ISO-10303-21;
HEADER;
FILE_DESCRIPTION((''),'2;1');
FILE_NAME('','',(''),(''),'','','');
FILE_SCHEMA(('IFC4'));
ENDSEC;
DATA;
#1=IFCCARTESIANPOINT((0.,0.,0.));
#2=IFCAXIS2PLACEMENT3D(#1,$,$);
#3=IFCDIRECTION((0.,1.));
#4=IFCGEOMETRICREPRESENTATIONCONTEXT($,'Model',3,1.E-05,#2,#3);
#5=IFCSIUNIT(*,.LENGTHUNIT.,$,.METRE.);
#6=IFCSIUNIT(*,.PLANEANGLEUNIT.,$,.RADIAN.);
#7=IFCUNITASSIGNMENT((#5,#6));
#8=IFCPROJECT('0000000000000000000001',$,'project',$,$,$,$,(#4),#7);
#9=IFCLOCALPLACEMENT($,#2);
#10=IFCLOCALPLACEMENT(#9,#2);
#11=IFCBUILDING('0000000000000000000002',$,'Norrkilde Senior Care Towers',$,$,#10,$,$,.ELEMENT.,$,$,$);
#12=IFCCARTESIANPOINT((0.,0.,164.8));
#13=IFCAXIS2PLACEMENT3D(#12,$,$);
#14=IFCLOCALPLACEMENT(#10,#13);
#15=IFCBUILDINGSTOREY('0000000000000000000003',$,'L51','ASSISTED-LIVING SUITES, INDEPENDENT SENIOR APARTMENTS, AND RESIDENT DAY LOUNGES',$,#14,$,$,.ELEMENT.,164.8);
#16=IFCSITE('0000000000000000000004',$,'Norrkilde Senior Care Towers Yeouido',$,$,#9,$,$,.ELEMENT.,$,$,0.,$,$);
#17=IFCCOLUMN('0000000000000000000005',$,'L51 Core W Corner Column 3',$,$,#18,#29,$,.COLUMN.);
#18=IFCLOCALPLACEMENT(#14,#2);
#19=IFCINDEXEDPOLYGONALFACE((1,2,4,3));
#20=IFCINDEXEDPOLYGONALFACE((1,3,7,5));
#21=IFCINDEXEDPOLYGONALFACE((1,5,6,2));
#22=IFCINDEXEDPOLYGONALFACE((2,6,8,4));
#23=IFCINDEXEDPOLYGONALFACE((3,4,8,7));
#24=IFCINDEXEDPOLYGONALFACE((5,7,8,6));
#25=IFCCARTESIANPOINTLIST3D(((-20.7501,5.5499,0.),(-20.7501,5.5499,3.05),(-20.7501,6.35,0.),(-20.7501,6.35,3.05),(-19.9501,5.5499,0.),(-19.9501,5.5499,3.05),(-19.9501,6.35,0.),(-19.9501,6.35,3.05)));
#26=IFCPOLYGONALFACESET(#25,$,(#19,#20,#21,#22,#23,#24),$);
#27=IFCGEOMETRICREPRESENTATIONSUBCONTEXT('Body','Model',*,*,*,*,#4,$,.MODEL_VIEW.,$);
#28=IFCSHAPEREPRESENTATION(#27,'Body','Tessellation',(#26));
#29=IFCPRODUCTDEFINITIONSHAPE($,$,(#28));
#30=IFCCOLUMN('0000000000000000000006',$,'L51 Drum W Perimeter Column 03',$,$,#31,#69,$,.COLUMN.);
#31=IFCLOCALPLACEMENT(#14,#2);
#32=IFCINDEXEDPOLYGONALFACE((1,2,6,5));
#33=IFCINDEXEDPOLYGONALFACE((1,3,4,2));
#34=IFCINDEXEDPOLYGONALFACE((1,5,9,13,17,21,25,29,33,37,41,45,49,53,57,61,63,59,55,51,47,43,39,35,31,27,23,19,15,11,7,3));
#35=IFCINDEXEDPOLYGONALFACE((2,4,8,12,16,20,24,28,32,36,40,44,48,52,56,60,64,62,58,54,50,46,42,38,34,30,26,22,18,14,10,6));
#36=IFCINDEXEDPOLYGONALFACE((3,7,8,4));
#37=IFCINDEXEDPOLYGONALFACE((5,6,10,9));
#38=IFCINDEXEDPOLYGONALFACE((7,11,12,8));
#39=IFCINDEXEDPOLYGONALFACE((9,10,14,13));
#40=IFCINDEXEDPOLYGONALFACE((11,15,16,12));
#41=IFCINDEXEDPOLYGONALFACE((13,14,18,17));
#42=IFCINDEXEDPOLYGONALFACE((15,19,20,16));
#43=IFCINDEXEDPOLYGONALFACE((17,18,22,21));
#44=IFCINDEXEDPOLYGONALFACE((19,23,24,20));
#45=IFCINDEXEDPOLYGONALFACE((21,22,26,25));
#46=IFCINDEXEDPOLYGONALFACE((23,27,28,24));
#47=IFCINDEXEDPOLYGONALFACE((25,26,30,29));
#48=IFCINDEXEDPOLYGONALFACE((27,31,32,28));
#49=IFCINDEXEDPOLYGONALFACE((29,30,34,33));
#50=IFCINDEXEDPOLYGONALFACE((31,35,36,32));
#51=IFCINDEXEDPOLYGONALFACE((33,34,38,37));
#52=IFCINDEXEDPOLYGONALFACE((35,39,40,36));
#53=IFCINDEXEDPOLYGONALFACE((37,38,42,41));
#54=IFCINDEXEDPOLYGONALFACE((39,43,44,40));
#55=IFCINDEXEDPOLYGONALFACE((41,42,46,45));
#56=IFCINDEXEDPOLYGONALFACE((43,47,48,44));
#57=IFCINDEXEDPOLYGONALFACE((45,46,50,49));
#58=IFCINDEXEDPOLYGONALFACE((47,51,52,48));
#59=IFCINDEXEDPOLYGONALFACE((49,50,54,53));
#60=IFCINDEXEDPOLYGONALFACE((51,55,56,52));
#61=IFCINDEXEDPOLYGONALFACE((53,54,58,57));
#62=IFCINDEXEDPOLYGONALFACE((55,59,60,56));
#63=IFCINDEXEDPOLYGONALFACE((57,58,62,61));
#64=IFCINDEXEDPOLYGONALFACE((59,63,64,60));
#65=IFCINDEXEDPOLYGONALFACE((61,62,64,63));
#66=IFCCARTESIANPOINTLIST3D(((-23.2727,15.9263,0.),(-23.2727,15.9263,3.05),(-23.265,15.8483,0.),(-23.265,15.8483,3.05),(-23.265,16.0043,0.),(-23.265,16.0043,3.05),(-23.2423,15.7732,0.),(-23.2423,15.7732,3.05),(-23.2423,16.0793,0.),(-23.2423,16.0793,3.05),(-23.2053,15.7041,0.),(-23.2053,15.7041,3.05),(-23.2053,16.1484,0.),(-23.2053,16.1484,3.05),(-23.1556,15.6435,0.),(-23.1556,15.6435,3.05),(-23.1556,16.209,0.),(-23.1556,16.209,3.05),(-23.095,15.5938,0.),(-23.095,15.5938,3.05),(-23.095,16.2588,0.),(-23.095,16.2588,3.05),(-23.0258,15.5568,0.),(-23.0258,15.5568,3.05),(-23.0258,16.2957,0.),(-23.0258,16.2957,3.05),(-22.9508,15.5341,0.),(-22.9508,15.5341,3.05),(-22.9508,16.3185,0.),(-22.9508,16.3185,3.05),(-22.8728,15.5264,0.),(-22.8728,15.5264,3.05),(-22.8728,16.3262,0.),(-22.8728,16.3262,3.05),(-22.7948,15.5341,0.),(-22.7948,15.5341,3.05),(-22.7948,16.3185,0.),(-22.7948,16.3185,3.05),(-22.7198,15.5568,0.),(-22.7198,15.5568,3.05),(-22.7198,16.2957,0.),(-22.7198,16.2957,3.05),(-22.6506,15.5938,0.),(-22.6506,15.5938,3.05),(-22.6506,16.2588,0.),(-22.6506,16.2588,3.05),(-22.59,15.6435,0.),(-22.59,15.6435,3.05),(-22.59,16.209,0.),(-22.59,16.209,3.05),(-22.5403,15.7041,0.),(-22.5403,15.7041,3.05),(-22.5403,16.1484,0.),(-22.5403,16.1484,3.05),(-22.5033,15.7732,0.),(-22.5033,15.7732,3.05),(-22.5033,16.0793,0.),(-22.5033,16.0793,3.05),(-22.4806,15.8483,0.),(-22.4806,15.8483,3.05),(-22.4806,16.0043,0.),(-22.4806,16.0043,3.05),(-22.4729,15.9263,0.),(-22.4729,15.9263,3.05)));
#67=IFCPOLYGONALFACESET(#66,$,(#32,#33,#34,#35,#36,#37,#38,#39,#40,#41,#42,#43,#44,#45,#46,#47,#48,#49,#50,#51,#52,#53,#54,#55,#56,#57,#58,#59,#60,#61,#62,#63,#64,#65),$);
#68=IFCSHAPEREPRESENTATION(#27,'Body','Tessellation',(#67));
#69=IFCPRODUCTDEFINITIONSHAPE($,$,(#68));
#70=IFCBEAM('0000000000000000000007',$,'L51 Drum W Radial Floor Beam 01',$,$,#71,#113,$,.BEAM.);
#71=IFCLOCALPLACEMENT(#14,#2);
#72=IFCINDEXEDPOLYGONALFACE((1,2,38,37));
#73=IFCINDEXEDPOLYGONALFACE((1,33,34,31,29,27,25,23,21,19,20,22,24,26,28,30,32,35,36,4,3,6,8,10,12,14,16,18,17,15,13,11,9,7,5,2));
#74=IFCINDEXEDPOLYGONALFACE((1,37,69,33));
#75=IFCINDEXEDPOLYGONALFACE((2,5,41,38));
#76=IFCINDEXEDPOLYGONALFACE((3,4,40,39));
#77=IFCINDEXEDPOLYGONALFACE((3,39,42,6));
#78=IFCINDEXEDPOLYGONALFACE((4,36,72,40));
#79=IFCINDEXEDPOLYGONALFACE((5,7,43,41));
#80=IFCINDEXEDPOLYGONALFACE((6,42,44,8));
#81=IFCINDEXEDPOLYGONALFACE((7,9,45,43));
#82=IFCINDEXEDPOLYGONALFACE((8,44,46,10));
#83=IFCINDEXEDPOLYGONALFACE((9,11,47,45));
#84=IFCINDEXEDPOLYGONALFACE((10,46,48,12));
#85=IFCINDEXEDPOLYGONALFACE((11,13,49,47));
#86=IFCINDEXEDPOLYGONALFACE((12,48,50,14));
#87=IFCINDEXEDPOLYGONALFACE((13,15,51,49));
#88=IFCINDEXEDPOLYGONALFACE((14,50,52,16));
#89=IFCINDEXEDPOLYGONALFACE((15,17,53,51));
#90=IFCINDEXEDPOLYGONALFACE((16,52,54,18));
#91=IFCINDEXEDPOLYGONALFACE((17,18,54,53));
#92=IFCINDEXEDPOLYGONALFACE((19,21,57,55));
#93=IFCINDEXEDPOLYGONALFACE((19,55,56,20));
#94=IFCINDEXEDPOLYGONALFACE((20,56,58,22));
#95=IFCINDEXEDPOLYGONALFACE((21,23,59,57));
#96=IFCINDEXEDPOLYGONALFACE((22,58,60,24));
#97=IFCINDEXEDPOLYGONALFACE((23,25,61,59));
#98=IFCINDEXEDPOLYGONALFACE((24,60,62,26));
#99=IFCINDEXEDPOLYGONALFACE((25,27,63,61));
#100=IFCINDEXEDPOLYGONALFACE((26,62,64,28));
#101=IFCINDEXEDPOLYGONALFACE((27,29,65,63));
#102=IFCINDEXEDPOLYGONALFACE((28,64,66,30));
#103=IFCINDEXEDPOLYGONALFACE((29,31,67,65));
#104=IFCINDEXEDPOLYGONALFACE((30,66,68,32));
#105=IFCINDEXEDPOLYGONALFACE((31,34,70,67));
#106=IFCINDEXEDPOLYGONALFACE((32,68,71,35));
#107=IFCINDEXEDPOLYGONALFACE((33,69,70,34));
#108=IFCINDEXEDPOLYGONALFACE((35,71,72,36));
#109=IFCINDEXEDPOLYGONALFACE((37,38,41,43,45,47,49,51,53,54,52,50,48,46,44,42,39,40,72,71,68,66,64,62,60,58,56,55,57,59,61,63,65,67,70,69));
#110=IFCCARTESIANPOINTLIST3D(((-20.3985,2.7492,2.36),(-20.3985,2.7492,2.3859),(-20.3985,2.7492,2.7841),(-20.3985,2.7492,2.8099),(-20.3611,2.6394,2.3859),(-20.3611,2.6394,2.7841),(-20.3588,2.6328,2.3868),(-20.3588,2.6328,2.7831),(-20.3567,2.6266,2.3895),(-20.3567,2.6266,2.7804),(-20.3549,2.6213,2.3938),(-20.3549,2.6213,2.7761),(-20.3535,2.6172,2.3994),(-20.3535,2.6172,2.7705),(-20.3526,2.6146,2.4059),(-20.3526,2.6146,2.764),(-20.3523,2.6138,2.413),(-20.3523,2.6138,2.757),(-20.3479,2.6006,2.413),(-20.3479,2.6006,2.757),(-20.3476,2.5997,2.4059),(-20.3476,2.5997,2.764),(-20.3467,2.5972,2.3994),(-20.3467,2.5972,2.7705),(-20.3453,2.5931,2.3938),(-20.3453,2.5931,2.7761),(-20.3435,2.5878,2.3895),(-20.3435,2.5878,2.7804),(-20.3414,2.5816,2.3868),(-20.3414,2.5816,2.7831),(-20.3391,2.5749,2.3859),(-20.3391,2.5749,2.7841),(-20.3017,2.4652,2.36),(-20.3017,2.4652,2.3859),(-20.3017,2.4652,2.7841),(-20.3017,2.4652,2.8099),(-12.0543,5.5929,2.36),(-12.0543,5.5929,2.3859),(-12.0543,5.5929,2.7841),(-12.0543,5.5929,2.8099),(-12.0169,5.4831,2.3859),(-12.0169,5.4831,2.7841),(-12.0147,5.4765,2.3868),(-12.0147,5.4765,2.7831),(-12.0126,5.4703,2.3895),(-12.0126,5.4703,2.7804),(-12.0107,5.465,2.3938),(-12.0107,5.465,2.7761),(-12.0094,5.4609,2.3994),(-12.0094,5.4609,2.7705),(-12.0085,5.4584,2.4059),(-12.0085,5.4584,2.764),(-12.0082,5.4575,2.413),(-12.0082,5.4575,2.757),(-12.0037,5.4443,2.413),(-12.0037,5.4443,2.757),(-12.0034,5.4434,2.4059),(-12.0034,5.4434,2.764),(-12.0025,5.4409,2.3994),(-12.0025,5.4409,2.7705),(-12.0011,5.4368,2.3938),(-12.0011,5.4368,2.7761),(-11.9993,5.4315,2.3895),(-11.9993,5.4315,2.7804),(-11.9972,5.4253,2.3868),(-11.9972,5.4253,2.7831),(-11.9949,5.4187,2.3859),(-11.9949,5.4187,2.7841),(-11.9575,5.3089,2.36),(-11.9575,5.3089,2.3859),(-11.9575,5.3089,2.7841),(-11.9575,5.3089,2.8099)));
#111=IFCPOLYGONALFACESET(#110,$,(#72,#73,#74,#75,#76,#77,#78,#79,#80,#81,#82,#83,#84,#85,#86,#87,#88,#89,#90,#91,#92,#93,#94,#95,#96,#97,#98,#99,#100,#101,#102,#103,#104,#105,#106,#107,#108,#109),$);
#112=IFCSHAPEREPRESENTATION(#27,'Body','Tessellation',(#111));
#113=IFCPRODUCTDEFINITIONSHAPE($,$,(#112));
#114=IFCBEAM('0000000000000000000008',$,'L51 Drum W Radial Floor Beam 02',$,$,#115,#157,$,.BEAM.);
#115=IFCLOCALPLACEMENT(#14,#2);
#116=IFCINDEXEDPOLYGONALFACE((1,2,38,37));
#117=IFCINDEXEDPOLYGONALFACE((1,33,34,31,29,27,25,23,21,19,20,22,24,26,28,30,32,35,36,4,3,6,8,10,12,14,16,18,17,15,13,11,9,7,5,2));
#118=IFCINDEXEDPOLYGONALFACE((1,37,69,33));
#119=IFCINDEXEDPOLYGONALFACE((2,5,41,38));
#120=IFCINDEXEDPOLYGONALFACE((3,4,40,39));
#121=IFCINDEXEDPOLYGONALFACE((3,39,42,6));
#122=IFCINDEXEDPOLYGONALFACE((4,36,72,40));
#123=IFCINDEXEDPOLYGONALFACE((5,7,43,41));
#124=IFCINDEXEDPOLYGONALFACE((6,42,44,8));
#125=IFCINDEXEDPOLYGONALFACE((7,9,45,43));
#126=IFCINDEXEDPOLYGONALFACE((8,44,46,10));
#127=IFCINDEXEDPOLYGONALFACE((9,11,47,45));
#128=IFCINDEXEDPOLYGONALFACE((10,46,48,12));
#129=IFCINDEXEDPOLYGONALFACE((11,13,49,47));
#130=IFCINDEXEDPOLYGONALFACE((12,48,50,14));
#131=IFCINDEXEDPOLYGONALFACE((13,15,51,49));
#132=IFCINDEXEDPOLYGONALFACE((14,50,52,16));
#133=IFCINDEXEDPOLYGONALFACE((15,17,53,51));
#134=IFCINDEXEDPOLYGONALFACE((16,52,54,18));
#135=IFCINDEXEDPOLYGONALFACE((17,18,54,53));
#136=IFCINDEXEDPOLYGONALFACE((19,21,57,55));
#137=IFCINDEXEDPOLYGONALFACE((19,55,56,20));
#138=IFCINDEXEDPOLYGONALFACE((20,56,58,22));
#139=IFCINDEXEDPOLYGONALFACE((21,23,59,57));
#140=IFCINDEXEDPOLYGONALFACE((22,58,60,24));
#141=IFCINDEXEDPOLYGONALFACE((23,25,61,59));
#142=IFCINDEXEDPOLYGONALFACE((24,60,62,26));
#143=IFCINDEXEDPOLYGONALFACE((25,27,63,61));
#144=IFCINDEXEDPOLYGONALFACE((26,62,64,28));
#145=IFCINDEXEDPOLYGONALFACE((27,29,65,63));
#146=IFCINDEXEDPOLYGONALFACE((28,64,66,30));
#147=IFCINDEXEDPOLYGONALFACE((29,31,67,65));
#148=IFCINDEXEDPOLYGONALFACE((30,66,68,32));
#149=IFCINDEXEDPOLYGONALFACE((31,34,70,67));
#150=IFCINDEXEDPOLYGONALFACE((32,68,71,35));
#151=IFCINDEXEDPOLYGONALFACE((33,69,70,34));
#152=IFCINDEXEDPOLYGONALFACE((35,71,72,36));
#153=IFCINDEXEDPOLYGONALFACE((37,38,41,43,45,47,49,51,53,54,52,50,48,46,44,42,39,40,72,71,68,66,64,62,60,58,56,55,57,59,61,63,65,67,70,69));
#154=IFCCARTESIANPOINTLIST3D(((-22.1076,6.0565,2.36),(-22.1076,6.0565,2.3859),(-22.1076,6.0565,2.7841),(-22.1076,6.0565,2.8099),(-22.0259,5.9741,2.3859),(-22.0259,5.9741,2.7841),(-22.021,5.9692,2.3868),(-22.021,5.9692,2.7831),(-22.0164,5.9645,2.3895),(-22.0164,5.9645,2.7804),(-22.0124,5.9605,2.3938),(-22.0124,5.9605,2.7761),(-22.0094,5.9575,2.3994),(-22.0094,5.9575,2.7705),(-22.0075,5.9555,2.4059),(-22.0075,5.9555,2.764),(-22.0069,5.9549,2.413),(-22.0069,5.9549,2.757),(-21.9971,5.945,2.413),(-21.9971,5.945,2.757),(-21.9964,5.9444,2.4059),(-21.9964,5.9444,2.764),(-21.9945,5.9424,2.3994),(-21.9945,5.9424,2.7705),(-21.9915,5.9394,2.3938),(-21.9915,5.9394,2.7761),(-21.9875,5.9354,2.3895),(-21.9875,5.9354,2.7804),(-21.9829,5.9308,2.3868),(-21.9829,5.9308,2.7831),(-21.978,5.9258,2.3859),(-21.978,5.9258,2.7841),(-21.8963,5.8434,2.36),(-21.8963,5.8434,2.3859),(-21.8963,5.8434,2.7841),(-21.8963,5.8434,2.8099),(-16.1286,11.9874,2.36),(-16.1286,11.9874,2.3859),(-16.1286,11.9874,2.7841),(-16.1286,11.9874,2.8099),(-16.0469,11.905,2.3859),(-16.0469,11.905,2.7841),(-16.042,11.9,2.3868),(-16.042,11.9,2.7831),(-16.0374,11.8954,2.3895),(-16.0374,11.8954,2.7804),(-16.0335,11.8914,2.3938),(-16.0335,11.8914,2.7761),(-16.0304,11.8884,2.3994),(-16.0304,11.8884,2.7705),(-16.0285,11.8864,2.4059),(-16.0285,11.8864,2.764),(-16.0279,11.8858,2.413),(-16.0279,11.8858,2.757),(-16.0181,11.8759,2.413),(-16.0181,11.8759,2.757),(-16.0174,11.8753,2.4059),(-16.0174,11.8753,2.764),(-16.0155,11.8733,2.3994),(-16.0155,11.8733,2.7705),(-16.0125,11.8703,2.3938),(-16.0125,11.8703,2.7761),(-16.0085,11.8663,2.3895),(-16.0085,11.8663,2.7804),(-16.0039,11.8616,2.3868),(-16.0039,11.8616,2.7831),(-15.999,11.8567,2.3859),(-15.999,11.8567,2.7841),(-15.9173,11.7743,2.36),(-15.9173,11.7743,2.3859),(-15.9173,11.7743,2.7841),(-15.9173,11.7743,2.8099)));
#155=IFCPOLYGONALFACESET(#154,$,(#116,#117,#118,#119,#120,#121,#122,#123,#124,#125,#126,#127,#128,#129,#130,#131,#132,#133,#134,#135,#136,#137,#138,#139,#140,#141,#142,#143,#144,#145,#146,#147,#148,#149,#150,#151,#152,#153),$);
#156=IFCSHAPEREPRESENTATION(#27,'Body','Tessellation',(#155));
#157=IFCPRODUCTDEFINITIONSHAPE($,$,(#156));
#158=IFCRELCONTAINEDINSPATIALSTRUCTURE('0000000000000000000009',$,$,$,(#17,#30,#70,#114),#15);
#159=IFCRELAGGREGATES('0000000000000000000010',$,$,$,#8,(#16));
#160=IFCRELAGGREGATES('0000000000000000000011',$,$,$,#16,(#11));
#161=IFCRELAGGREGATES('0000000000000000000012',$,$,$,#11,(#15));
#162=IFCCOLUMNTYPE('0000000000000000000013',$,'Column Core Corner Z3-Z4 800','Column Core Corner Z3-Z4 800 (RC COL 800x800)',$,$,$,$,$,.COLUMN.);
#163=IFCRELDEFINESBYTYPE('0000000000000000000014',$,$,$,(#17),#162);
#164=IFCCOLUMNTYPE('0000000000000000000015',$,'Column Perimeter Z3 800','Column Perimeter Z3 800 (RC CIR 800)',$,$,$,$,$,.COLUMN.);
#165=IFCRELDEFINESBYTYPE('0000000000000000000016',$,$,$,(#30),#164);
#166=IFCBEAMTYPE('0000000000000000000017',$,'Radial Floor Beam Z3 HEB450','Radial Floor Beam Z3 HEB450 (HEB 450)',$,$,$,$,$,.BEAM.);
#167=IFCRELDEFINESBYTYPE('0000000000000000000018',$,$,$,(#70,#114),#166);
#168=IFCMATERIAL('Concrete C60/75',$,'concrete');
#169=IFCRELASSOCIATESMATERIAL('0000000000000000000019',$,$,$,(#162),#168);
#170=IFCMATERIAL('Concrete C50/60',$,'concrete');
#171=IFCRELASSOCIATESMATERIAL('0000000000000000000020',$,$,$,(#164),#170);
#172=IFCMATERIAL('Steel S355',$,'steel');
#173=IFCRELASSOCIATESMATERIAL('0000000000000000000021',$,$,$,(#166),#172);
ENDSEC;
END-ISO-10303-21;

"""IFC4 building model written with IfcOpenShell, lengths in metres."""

from ifc_helpers import new_model, si_unit, direction, frame, origin, origin_2d, place, context, subcontext, project, spatial, rectangle, circle, i_section, extrude, source, transform, mapped, material, material_profile, profile_set, type_object, type_shapes, element, save


model = new_model("IFC4")

# Units and contexts
model_context = context("Model", 3, precision=1e-05, world=origin(), true_north=direction((0.0, 1.0)))
body_context = subcontext(model_context, "Body", "Model", "MODEL_VIEW")
ifc_project = project(units=[si_unit("LENGTHUNIT", "METRE"), si_unit("PLANEANGLEUNIT", "RADIAN")], contexts=[model_context])

# Site, building, storey
site_placement = place(None, origin())
site = spatial("IfcSite", under=ifc_project, at=site_placement, Name="Norrkilde Senior Care Towers Yeouido", CompositionType="ELEMENT", RefElevation=0.0)
building_placement = place(site_placement, origin())
building = spatial("IfcBuilding", under=site, at=building_placement, Name="Norrkilde Senior Care Towers", CompositionType="ELEMENT")
storey_placement = place(building_placement, frame((0.0, 0.0, 164.8)))
storey = spatial("IfcBuildingStorey", under=building, at=storey_placement, Name="L51", Description="ASSISTED-LIVING SUITES, INDEPENDENT SENIOR APARTMENTS, AND RESIDENT DAY LOUNGES", CompositionType="ELEMENT", Elevation=164.8)

# Columns
ifc_material_1 = material(Name="Concrete C60/75", Category="concrete")
ifc_material_profile_1 = material_profile(ifc_material_1, rectangle(XDim=0.8, YDim=0.8, at=origin_2d()), Name="RC COL 800x800")
ifc_profile_set_1 = profile_set([ifc_material_profile_1], Name="Concrete C60/75")
column_type_1 = type_object("IfcColumnType", Name="Column Core Corner Z3-Z4 800", Description="Column Core Corner Z3-Z4 800 (RC COL 800x800)", PredefinedType="COLUMN", material=ifc_profile_set_1)
shared_shape_1 = source(origin(), body_context, "Body", "SweptSolid", [
    extrude(rectangle(XDim=0.8, YDim=0.8, at=origin_2d()), origin(), (0.0, 0.0, 1.0), 3.05),
])
type_shapes(column_type_1, [shared_shape_1])
column_1_placement = place(storey_placement, frame((-20.3501, 5.95, 0.0), z_axis=(0.0, 0.0, 1.0), x_axis=(1.0, 0.0, 0.0)))
element("IfcColumn", 1, at=column_1_placement, inside=storey, type_object=column_type_1, Name="L51 Core W Corner Column 3", PredefinedType="COLUMN", context=body_context, shape_type="MappedRepresentation", body=[
    mapped(shared_shape_1, transform((0.0, 0.0, 0.0), x_axis=(1.0, 0.0, 0.0), y_axis=(0.0, 1.0, 0.0), z_axis=(0.0, 0.0, 1.0), scale=1.0)),
])
ifc_material_2 = material(Name="Concrete C50/60", Category="concrete")
ifc_material_profile_2 = material_profile(ifc_material_2, circle(Radius=0.3999, at=origin_2d()), Name="RC CIR 800")
ifc_profile_set_2 = profile_set([ifc_material_profile_2], Name="Concrete C50/60")
column_type_2 = type_object("IfcColumnType", Name="Column Perimeter Z3 800", Description="Column Perimeter Z3 800 (RC CIR 800)", PredefinedType="COLUMN", material=ifc_profile_set_2)
shared_shape_2 = source(origin(), body_context, "Body", "SweptSolid", [
    extrude(circle(Radius=0.3999, at=origin_2d()), origin(), (0.0, 0.0, 1.0), 3.05),
])
type_shapes(column_type_2, [shared_shape_2])
column_2_placement = place(storey_placement, frame((-22.8728, 15.9263, 0.0), z_axis=(0.0, 0.0, 1.0), x_axis=(1.0, 0.0, 0.0)))
element("IfcColumn", 2, at=column_2_placement, inside=storey, type_object=column_type_2, Name="L51 Drum W Perimeter Column 03", PredefinedType="COLUMN", context=body_context, shape_type="MappedRepresentation", body=[
    mapped(shared_shape_2, transform((0.0, 0.0, 0.0), x_axis=(1.0, 0.0, 0.0), y_axis=(0.0, 1.0, 0.0), z_axis=(0.0, 0.0, 1.0), scale=1.0)),
])

# Beams
ifc_material_3 = material(Name="Steel S355", Category="steel")
ifc_material_profile_3 = material_profile(ifc_material_3, i_section(OverallWidth=0.3, OverallDepth=0.45, WebThickness=0.0139, FlangeThickness=0.0259, FilletRadius=0.0271, at=origin_2d()), Name="HEB 450")
ifc_profile_set_3 = profile_set([ifc_material_profile_3], Name="Steel S355")
beam_type_1 = type_object("IfcBeamType", Name="Radial Floor Beam Z3 HEB450", Description="Radial Floor Beam Z3 HEB450 (HEB 450)", PredefinedType="BEAM", material=ifc_profile_set_3)
shared_shape_3 = source(origin(), body_context, "Body", "SweptSolid", [
    extrude(i_section(OverallWidth=0.3, OverallDepth=0.45, WebThickness=0.0139, FlangeThickness=0.0259, FilletRadius=0.0271, at=origin_2d()), origin(), (0.0, 0.0, 1.0), 8.8154),
])
beam_1_placement = place(storey_placement, frame((-20.3501, 2.6072, 2.585), z_axis=(0.946541, 0.322585, 0.0), x_axis=(-0.322585, 0.946541, 0.0)))
element("IfcBeam", 3, at=beam_1_placement, inside=storey, type_object=beam_type_1, Name="L51 Drum W Radial Floor Beam 01", PredefinedType="BEAM", context=body_context, shape_type="MappedRepresentation", body=[
    mapped(shared_shape_3, transform((0.0, 0.0, 0.0), x_axis=(1.0, 0.0, 0.0), y_axis=(0.0, 1.0, 0.0), z_axis=(0.0, 0.0, 1.0), scale=1.0)),
])
shared_shape_4 = source(origin(), body_context, "Body", "SweptSolid", [
    extrude(i_section(OverallWidth=0.3, OverallDepth=0.45, WebThickness=0.0139, FlangeThickness=0.0259, FilletRadius=0.0271, at=origin_2d()), origin(), (0.0, 0.0, 1.0), 8.4216),
])
beam_2_placement = place(storey_placement, frame((-22.002, 5.95, 2.585), z_axis=(0.709956, 0.704246, 0.0), x_axis=(-0.704246, 0.709956, 0.0)))
element("IfcBeam", 4, at=beam_2_placement, inside=storey, type_object=beam_type_1, Name="L51 Drum W Radial Floor Beam 02", PredefinedType="BEAM", context=body_context, shape_type="MappedRepresentation", body=[
    mapped(shared_shape_4, transform((0.0, 0.0, 0.0), x_axis=(1.0, 0.0, 0.0), y_axis=(0.0, 1.0, 0.0), z_axis=(0.0, 0.0, 1.0), scale=1.0)),
])

save(model, "model.ifc")
